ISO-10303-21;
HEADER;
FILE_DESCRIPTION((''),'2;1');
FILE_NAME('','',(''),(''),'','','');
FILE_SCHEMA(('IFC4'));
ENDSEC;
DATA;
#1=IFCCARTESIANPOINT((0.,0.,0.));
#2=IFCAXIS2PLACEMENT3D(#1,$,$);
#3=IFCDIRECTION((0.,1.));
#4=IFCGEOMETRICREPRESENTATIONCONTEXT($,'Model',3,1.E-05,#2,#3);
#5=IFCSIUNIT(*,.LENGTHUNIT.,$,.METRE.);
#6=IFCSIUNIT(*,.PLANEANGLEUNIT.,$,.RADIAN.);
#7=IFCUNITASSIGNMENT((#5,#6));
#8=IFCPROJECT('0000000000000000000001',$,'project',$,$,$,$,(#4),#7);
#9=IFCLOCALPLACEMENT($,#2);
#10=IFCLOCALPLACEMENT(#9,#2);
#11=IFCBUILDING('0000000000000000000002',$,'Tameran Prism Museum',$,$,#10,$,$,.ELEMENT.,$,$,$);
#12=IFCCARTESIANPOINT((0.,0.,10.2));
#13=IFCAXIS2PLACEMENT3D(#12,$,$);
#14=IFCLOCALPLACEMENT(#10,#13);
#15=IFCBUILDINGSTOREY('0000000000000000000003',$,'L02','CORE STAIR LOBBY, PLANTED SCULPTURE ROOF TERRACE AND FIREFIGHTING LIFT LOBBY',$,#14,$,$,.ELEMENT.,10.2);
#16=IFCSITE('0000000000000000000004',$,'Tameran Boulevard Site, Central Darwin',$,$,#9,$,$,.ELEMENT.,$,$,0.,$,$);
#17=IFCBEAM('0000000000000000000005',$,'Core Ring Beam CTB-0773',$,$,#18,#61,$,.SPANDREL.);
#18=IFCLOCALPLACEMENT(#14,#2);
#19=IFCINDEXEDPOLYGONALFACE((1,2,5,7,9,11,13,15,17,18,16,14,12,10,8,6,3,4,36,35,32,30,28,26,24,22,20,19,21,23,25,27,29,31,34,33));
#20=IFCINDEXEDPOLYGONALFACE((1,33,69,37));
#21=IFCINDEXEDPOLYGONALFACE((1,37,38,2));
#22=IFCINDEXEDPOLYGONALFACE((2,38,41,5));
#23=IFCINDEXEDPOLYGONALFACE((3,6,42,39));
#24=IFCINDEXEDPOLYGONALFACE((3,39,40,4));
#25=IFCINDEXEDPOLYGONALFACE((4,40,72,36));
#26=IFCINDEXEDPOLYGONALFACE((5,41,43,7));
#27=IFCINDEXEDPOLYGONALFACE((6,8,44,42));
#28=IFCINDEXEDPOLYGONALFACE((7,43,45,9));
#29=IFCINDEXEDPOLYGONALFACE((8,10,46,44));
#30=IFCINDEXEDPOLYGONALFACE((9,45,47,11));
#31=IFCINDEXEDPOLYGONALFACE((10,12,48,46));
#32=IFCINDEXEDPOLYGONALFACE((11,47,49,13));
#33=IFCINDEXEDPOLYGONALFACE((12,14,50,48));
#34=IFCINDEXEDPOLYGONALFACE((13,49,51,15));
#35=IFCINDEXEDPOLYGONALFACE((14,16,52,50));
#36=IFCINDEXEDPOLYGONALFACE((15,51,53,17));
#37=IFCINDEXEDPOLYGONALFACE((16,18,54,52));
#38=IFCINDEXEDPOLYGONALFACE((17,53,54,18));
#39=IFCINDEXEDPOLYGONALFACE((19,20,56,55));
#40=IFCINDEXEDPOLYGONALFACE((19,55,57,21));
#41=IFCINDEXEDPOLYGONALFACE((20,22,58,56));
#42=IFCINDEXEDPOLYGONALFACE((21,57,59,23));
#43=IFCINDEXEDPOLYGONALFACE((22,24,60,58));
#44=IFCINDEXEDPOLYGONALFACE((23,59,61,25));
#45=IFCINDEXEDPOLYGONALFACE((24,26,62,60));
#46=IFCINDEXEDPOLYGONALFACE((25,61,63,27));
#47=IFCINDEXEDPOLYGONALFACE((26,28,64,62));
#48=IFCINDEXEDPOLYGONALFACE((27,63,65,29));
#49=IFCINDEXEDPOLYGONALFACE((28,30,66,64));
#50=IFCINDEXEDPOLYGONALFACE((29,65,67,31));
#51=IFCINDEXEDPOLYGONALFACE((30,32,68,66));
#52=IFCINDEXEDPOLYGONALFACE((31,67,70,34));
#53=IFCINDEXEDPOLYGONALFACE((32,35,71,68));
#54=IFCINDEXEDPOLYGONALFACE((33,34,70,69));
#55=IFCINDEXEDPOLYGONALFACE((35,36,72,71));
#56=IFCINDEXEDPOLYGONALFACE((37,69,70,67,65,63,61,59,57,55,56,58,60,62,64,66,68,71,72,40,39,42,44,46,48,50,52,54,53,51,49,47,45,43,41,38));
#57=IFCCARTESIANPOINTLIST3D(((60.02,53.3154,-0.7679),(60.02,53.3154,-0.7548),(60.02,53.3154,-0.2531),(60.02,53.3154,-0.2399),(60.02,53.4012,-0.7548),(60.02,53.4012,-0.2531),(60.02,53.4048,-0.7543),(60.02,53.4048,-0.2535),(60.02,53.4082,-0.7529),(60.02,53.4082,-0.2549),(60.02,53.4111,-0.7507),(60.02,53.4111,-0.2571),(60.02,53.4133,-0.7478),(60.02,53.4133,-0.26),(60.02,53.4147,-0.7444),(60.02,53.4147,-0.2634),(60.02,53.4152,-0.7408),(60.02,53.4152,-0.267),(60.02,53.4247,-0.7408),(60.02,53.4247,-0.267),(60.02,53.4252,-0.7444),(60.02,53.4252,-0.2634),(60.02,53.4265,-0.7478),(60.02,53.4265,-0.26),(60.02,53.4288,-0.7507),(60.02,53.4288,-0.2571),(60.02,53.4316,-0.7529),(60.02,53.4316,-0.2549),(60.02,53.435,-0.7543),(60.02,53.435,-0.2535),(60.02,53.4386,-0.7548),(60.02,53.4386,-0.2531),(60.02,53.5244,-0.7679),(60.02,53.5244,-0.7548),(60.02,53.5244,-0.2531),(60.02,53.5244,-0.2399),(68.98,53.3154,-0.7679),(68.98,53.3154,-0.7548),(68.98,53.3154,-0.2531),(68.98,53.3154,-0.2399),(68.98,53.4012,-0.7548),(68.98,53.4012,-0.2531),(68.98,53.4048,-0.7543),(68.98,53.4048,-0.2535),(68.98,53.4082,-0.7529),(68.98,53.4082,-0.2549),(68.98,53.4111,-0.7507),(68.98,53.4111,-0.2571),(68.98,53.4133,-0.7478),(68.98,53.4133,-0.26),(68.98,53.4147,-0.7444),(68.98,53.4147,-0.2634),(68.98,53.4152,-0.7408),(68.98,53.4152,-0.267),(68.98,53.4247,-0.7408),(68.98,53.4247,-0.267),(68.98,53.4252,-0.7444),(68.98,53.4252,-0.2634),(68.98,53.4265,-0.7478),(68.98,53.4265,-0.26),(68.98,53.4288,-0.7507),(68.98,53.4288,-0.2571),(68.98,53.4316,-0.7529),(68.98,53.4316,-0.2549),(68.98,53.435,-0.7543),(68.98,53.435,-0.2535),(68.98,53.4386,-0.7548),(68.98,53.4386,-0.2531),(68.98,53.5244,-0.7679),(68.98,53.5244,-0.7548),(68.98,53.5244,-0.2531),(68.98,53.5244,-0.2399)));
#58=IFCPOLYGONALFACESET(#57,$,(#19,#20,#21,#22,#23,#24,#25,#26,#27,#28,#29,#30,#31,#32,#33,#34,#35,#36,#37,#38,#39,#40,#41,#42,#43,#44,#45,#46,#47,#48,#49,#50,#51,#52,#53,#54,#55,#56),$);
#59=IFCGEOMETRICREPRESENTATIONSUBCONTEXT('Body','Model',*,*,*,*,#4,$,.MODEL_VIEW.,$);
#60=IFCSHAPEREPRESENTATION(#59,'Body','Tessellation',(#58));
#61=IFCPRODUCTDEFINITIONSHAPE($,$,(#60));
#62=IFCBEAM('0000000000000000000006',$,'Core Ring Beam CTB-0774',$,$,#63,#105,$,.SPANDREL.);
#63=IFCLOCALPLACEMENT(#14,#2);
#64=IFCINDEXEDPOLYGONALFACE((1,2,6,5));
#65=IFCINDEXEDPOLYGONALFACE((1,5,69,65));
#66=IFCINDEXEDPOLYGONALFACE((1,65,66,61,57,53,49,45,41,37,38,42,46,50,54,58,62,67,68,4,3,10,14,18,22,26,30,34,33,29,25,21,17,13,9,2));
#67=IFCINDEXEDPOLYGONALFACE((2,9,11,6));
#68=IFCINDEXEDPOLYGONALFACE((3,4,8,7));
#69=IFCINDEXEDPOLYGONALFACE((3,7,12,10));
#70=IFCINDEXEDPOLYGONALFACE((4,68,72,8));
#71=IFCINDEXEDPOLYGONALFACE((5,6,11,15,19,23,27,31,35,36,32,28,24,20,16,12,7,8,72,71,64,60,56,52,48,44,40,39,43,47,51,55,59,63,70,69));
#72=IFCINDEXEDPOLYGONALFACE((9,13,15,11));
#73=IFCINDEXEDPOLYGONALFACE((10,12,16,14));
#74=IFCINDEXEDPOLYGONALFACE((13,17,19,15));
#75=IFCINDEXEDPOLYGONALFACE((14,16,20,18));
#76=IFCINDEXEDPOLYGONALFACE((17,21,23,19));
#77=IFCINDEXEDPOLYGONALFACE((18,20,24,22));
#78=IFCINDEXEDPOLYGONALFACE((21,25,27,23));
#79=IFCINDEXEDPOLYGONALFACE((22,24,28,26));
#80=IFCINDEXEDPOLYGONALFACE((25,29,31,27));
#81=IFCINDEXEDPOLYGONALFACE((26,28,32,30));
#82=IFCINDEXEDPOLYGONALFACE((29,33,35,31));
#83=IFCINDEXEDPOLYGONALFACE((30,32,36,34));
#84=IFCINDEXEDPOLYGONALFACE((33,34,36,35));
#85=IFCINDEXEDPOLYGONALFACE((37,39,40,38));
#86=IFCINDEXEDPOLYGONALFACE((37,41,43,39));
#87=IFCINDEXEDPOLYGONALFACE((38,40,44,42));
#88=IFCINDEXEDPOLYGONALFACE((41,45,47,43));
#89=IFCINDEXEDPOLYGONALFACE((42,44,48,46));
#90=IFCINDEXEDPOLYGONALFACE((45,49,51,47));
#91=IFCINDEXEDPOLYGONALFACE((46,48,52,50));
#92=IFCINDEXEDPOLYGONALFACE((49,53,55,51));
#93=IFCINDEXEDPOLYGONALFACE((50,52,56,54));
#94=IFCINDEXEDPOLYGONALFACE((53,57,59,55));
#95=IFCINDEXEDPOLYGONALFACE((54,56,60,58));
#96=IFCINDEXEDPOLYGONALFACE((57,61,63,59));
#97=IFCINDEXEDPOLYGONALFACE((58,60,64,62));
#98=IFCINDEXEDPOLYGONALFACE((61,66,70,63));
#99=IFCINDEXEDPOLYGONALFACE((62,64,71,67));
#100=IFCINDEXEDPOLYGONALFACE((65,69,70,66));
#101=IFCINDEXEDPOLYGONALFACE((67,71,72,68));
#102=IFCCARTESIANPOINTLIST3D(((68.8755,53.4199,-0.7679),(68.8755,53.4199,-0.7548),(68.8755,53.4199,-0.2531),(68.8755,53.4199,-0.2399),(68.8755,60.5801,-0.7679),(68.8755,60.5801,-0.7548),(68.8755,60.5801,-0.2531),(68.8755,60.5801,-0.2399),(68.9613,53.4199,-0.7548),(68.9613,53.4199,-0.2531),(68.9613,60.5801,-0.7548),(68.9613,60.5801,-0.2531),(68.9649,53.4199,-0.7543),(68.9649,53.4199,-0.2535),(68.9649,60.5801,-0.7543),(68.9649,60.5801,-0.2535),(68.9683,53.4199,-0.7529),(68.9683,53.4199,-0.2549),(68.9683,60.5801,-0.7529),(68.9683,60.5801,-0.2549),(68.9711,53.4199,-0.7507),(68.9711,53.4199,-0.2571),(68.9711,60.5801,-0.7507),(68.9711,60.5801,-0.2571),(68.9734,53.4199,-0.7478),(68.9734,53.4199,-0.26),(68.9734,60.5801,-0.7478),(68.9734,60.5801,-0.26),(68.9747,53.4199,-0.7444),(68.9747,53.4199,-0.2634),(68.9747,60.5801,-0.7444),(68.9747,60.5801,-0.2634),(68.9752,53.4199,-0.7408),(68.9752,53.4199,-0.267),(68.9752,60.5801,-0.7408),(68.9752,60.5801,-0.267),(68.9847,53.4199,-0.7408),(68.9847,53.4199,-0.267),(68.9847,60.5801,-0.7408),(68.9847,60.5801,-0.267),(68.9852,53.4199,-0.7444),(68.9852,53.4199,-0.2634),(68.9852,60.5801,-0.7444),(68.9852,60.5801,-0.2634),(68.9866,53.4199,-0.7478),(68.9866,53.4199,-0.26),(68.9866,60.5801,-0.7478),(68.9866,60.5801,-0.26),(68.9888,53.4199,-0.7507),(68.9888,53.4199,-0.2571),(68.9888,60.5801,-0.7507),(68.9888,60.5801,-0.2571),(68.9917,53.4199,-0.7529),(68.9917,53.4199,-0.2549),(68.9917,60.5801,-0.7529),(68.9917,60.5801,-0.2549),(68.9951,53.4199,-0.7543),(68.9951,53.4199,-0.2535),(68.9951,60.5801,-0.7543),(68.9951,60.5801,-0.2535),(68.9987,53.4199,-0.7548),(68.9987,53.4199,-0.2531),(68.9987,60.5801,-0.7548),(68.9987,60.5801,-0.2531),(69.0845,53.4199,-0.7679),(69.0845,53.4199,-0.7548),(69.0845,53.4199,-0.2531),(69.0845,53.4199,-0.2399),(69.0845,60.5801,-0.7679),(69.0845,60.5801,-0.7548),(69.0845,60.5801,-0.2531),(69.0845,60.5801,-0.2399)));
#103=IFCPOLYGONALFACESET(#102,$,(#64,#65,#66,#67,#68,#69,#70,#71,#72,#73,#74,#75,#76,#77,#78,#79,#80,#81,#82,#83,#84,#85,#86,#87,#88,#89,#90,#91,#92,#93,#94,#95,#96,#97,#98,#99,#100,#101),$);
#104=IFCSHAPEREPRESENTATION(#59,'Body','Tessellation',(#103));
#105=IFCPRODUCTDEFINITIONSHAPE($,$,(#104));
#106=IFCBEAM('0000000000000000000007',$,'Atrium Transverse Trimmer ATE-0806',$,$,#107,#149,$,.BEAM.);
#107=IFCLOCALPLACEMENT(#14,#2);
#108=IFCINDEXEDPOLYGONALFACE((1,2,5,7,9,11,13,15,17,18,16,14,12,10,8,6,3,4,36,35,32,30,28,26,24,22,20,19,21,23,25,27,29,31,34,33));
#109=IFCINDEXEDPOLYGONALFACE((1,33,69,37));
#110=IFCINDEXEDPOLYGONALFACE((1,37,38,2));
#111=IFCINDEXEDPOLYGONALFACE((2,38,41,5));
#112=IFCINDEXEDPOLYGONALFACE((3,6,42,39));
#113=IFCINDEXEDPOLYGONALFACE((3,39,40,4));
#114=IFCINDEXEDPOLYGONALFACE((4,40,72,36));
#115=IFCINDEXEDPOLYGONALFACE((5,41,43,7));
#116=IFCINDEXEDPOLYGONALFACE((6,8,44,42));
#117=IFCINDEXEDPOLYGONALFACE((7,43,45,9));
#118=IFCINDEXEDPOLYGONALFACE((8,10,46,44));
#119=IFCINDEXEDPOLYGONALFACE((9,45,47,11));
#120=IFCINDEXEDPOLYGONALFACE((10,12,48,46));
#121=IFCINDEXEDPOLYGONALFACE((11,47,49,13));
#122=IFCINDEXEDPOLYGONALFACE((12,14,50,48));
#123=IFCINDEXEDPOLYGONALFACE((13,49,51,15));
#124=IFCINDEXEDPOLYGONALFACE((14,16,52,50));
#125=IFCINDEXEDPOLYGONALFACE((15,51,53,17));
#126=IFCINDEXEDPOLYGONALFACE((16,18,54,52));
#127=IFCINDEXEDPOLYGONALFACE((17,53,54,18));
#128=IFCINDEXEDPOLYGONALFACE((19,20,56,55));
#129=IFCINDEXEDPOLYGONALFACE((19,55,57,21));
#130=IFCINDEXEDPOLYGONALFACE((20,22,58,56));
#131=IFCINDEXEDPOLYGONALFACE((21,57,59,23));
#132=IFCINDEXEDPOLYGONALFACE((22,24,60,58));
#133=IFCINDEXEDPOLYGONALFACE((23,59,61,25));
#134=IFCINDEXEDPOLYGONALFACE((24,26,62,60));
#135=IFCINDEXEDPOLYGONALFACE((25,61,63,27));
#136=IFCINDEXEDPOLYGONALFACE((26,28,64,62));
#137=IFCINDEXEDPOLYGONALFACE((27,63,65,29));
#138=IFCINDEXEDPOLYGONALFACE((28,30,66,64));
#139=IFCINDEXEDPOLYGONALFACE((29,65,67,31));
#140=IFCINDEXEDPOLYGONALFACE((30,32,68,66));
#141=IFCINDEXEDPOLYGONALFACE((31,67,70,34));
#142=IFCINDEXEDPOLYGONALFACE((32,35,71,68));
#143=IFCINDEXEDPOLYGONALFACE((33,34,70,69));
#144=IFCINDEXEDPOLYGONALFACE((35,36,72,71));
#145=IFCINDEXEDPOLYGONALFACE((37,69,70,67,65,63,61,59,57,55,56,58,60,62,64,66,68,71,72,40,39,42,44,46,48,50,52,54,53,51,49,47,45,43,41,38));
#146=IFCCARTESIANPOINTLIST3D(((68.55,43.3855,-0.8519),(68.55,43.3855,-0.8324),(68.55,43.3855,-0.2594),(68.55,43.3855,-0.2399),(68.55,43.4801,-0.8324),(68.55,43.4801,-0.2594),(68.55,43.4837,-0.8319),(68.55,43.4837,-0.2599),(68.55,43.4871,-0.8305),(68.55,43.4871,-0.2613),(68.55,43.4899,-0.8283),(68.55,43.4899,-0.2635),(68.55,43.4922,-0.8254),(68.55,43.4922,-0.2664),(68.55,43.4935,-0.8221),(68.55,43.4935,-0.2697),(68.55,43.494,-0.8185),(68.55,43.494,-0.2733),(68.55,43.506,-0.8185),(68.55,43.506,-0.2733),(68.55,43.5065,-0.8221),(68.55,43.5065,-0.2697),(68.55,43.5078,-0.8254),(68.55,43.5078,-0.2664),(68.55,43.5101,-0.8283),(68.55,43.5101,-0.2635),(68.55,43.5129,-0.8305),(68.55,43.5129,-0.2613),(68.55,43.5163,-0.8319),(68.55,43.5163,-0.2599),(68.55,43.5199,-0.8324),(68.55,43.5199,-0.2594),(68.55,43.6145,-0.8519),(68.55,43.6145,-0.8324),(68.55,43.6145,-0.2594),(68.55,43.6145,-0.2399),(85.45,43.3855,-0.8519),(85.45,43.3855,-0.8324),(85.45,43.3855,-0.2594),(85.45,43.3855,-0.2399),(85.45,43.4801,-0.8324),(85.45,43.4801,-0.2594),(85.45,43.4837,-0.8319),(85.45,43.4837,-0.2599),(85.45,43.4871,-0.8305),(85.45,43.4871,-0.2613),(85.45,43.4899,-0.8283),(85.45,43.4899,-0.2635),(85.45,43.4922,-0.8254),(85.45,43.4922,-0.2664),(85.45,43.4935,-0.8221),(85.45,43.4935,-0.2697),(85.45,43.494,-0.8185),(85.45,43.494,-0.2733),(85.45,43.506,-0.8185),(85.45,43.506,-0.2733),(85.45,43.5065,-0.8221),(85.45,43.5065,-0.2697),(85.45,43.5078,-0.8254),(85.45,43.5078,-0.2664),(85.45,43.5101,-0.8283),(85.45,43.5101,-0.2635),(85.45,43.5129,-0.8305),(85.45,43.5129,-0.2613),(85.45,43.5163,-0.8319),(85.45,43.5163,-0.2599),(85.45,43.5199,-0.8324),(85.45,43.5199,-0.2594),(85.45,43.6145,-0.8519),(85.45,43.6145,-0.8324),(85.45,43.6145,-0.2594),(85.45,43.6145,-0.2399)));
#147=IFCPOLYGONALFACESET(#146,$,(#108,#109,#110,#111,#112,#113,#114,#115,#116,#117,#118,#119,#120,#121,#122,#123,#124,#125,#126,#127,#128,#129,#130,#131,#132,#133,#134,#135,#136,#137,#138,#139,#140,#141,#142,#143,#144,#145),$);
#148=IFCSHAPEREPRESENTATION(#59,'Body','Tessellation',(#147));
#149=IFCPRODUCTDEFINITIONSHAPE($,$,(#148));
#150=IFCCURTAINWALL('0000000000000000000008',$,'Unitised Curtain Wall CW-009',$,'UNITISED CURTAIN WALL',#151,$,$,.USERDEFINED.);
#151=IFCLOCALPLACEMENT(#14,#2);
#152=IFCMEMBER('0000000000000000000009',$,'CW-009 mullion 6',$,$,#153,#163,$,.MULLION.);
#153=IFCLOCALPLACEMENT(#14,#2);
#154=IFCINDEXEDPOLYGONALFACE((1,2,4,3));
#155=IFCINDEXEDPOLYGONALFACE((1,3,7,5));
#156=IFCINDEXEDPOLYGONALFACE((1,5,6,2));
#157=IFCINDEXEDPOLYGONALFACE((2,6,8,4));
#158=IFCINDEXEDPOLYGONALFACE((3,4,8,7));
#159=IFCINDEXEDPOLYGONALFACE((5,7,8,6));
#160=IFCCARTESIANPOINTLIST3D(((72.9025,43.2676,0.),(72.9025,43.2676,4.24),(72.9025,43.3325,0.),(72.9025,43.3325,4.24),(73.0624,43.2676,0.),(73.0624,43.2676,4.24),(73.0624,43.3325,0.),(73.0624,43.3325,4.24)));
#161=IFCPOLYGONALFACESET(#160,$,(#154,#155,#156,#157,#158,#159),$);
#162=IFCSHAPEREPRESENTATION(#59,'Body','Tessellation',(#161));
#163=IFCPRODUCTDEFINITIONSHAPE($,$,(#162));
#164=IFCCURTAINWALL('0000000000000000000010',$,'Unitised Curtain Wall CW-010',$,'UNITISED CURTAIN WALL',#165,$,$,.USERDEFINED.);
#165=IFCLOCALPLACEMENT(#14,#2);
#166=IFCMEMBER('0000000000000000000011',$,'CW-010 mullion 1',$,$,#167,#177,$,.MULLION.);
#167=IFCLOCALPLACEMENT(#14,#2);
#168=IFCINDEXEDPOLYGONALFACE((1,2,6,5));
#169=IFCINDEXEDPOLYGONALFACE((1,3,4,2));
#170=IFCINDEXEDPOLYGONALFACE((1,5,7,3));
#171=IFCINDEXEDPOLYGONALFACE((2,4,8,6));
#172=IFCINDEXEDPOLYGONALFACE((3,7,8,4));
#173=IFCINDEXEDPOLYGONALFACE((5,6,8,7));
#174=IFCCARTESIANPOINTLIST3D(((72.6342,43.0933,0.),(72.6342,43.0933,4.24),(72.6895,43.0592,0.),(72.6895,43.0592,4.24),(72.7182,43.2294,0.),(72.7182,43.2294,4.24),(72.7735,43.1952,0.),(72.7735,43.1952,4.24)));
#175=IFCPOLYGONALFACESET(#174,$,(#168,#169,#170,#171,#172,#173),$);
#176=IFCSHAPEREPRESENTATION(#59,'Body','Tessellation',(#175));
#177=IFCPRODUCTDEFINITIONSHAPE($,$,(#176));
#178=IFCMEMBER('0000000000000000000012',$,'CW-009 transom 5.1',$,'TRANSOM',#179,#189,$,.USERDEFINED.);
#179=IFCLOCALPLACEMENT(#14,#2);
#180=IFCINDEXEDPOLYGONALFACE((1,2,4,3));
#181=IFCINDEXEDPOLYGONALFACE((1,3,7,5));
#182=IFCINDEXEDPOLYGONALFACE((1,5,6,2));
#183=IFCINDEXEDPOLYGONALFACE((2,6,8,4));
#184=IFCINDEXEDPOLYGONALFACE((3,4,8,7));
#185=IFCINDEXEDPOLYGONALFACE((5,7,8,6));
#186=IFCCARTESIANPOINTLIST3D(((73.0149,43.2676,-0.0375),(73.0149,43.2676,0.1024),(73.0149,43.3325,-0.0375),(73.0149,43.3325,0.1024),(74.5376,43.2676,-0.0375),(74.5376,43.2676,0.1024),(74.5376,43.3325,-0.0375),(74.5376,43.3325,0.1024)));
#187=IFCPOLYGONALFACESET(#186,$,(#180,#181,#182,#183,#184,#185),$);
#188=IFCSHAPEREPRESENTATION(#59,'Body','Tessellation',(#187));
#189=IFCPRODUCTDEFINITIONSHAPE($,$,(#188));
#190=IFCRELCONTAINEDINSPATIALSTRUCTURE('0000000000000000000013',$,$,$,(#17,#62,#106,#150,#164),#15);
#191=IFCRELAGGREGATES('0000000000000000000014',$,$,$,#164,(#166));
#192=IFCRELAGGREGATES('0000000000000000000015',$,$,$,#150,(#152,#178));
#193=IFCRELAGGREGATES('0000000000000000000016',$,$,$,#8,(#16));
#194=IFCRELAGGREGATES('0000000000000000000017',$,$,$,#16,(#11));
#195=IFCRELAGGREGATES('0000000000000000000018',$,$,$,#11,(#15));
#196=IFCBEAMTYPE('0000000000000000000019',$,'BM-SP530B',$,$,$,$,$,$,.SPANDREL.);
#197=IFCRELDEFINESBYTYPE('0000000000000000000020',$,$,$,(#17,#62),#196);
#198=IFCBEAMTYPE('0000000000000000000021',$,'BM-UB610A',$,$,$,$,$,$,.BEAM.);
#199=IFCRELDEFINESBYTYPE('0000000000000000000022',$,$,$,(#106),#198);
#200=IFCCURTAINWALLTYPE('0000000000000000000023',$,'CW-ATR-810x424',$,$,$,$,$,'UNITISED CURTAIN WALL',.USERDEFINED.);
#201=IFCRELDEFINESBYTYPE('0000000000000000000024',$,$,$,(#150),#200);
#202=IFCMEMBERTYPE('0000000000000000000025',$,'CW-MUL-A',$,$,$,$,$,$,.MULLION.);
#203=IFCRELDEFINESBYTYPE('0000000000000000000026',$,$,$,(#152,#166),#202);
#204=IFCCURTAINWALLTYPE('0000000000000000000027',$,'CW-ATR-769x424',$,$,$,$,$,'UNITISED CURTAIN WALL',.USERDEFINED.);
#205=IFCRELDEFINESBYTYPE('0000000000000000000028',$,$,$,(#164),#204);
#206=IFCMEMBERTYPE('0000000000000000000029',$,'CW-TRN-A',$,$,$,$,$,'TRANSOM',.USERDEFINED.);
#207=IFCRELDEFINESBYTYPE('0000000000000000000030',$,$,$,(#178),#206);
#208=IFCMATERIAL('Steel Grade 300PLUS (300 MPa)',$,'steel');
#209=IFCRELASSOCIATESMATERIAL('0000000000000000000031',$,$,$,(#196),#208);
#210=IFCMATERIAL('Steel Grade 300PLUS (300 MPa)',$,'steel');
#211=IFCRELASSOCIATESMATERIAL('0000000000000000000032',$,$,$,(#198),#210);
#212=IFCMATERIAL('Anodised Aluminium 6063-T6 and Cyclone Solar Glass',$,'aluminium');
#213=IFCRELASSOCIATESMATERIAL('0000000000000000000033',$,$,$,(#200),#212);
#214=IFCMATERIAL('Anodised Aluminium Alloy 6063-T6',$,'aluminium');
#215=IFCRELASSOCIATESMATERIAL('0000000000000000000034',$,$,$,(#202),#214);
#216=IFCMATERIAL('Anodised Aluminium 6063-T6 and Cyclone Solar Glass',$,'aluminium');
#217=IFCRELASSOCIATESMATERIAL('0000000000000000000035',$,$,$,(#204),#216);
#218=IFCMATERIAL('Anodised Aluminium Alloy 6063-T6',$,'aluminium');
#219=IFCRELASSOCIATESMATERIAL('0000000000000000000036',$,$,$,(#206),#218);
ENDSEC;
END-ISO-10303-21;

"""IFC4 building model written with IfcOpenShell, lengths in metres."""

from ifc_helpers import new_model, si_unit, direction, frame, origin, origin_2d, place, context, subcontext, project, spatial, rectangle, i_section, extrude, material, material_profile, profile_set, type_object, element, aggregate, save


model = new_model("IFC4")

# Units and contexts
model_context = context("Model", 3, precision=1e-05, world=origin(), true_north=direction((0.0, 1.0)))
body_context = subcontext(model_context, "Body", "Model", "MODEL_VIEW")
ifc_project = project(units=[si_unit("LENGTHUNIT", "METRE"), si_unit("PLANEANGLEUNIT", "RADIAN")], contexts=[model_context])

# Site, building, storey
site_placement = place(None, origin())
site = spatial("IfcSite", under=ifc_project, at=site_placement, Name="Tameran Boulevard Site, Central Darwin", CompositionType="ELEMENT", RefElevation=0.0)
building_placement = place(site_placement, origin())
building = spatial("IfcBuilding", under=site, at=building_placement, Name="Tameran Prism Museum", CompositionType="ELEMENT")
storey_placement = place(building_placement, frame((0.0, 0.0, 10.2)))
storey = spatial("IfcBuildingStorey", under=building, at=storey_placement, Name="L02", Description="CORE STAIR LOBBY, PLANTED SCULPTURE ROOF TERRACE AND FIREFIGHTING LIFT LOBBY", CompositionType="ELEMENT", Elevation=10.2)

# Beams
ifc_material_1 = material(Name="Steel Grade 300PLUS (300 MPa)", Category="steel")
ifc_material_profile_1 = material_profile(ifc_material_1, i_section(OverallWidth=0.209, OverallDepth=0.5281, WebThickness=0.0095, FlangeThickness=0.0132, FilletRadius=0.0139, at=origin_2d()))
ifc_profile_set_1 = profile_set([ifc_material_profile_1])
beam_type_1 = type_object("IfcBeamType", Name="BM-SP530B", PredefinedType="SPANDREL", material=ifc_profile_set_1)
beam_1_placement = place(storey_placement, frame((60.02, 53.4199, -0.5039), z_axis=(1.0, 0.0, 0.0), x_axis=(0.0, 1.0, 0.0)))
element("IfcBeam", 1, at=beam_1_placement, inside=storey, type_object=beam_type_1, Name="Core Ring Beam CTB-0773", PredefinedType="SPANDREL", context=body_context, shape_type="SweptSolid", body=[
    extrude(i_section(OverallWidth=0.209, OverallDepth=0.5281, WebThickness=0.0095, FlangeThickness=0.0132, FilletRadius=0.0139, at=origin_2d()), origin(), (0.0, 0.0, 1.0), 8.96),
])
beam_2_placement = place(storey_placement, frame((68.98, 53.4199, -0.5039), z_axis=(0.0, 1.0, 0.0), x_axis=(-1.0, 0.0, 0.0)))
element("IfcBeam", 2, at=beam_2_placement, inside=storey, type_object=beam_type_1, Name="Core Ring Beam CTB-0774", PredefinedType="SPANDREL", context=body_context, shape_type="SweptSolid", body=[
    extrude(i_section(OverallWidth=0.209, OverallDepth=0.5281, WebThickness=0.0095, FlangeThickness=0.0132, FilletRadius=0.0139, at=origin_2d()), origin(), (0.0, 0.0, 1.0), 7.1602),
])
ifc_material_2 = material(Name="Steel Grade 300PLUS (300 MPa)", Category="steel")
ifc_material_profile_2 = material_profile(ifc_material_2, i_section(OverallWidth=0.229, OverallDepth=0.6121, WebThickness=0.012, FlangeThickness=0.0195, FilletRadius=0.0139, at=origin_2d()))
ifc_profile_set_2 = profile_set([ifc_material_profile_2])
beam_type_2 = type_object("IfcBeamType", Name="BM-UB610A", PredefinedType="BEAM", material=ifc_profile_set_2)
beam_3_placement = place(storey_placement, frame((68.55, 43.5, -0.5459), z_axis=(1.0, 0.0, 0.0), x_axis=(0.0, 1.0, 0.0)))
element("IfcBeam", 3, at=beam_3_placement, inside=storey, type_object=beam_type_2, Name="Atrium Transverse Trimmer ATE-0806", PredefinedType="BEAM", context=body_context, shape_type="SweptSolid", body=[
    extrude(i_section(OverallWidth=0.229, OverallDepth=0.6121, WebThickness=0.012, FlangeThickness=0.0195, FilletRadius=0.0139, at=origin_2d()), origin(), (0.0, 0.0, 1.0), 16.8999),
])

# Curtain walls, members
ifc_material_3 = material(Name="Anodised Aluminium 6063-T6 and Cyclone Solar Glass", Category="aluminium")
curtain_wall_type_1 = type_object("IfcCurtainWallType", Name="CW-ATR-810x424", ElementType="UNITISED CURTAIN WALL", PredefinedType="USERDEFINED", material=ifc_material_3)
curtain_wall_1_placement = place(storey_placement, origin())
curtain_wall_1 = element("IfcCurtainWall", 4, at=curtain_wall_1_placement, inside=storey, type_object=curtain_wall_type_1, Name="Unitised Curtain Wall CW-009", ObjectType="UNITISED CURTAIN WALL", PredefinedType="USERDEFINED")
ifc_material_4 = material(Name="Anodised Aluminium Alloy 6063-T6", Category="aluminium")
ifc_material_profile_3 = material_profile(ifc_material_4, rectangle(XDim=0.0649, YDim=0.1599, at=origin_2d()))
ifc_profile_set_3 = profile_set([ifc_material_profile_3])
member_type_1 = type_object("IfcMemberType", Name="CW-MUL-A", PredefinedType="MULLION", material=ifc_profile_set_3)
member_1_placement = place(storey_placement, frame((72.9824, 43.3, 0.0), z_axis=(0.0, 0.0, 1.0), x_axis=(0.0, -1.0, 0.0)))
member_1 = element("IfcMember", 5, at=member_1_placement, type_object=member_type_1, Name="CW-009 mullion 6", PredefinedType="MULLION", context=body_context, shape_type="SweptSolid", body=[
    extrude(rectangle(XDim=0.0649, YDim=0.1599, at=origin_2d()), origin(), (0.0, 0.0, 1.0), 4.24),
])
ifc_material_5 = material(Name="Anodised Aluminium 6063-T6 and Cyclone Solar Glass", Category="aluminium")
curtain_wall_type_2 = type_object("IfcCurtainWallType", Name="CW-ATR-769x424", ElementType="UNITISED CURTAIN WALL", PredefinedType="USERDEFINED", material=ifc_material_5)
curtain_wall_2_placement = place(storey_placement, origin())
curtain_wall_2 = element("IfcCurtainWall", 6, at=curtain_wall_2_placement, inside=storey, type_object=curtain_wall_type_2, Name="Unitised Curtain Wall CW-010", ObjectType="UNITISED CURTAIN WALL", PredefinedType="USERDEFINED")
member_2_placement = place(storey_placement, frame((72.7039, 43.1443, 0.0), z_axis=(0.0, 0.0, 1.0), x_axis=(0.850791, -0.525504, 0.0)))
member_2 = element("IfcMember", 7, at=member_2_placement, type_object=member_type_1, Name="CW-010 mullion 1", PredefinedType="MULLION", context=body_context, shape_type="SweptSolid", body=[
    extrude(rectangle(XDim=0.0649, YDim=0.1599, at=origin_2d()), origin(), (0.0, 0.0, 1.0), 4.24),
])

# Member
ifc_material_6 = material(Name="Anodised Aluminium Alloy 6063-T6", Category="aluminium")
ifc_material_profile_4 = material_profile(ifc_material_6, rectangle(XDim=0.0649, YDim=0.1399, at=origin_2d()))
ifc_profile_set_4 = profile_set([ifc_material_profile_4])
member_type_2 = type_object("IfcMemberType", Name="CW-TRN-A", ElementType="TRANSOM", PredefinedType="USERDEFINED", material=ifc_profile_set_4)
member_3_placement = place(storey_placement, frame((74.5376, 43.3, 0.0325), z_axis=(-1.0, 0.0, 0.0), x_axis=(0.0, -1.0, 0.0)))
member_3 = element("IfcMember", 8, at=member_3_placement, type_object=member_type_2, Name="CW-009 transom 5.1", ObjectType="TRANSOM", PredefinedType="USERDEFINED", context=body_context, shape_type="SweptSolid", body=[
    extrude(rectangle(XDim=0.0649, YDim=0.1399, at=origin_2d()), origin(), (0.0, 0.0, 1.0), 1.5227),
])
aggregate(curtain_wall_2, [member_2])

aggregate(curtain_wall_1, [member_1, member_3])

save(model, "model.ifc")
